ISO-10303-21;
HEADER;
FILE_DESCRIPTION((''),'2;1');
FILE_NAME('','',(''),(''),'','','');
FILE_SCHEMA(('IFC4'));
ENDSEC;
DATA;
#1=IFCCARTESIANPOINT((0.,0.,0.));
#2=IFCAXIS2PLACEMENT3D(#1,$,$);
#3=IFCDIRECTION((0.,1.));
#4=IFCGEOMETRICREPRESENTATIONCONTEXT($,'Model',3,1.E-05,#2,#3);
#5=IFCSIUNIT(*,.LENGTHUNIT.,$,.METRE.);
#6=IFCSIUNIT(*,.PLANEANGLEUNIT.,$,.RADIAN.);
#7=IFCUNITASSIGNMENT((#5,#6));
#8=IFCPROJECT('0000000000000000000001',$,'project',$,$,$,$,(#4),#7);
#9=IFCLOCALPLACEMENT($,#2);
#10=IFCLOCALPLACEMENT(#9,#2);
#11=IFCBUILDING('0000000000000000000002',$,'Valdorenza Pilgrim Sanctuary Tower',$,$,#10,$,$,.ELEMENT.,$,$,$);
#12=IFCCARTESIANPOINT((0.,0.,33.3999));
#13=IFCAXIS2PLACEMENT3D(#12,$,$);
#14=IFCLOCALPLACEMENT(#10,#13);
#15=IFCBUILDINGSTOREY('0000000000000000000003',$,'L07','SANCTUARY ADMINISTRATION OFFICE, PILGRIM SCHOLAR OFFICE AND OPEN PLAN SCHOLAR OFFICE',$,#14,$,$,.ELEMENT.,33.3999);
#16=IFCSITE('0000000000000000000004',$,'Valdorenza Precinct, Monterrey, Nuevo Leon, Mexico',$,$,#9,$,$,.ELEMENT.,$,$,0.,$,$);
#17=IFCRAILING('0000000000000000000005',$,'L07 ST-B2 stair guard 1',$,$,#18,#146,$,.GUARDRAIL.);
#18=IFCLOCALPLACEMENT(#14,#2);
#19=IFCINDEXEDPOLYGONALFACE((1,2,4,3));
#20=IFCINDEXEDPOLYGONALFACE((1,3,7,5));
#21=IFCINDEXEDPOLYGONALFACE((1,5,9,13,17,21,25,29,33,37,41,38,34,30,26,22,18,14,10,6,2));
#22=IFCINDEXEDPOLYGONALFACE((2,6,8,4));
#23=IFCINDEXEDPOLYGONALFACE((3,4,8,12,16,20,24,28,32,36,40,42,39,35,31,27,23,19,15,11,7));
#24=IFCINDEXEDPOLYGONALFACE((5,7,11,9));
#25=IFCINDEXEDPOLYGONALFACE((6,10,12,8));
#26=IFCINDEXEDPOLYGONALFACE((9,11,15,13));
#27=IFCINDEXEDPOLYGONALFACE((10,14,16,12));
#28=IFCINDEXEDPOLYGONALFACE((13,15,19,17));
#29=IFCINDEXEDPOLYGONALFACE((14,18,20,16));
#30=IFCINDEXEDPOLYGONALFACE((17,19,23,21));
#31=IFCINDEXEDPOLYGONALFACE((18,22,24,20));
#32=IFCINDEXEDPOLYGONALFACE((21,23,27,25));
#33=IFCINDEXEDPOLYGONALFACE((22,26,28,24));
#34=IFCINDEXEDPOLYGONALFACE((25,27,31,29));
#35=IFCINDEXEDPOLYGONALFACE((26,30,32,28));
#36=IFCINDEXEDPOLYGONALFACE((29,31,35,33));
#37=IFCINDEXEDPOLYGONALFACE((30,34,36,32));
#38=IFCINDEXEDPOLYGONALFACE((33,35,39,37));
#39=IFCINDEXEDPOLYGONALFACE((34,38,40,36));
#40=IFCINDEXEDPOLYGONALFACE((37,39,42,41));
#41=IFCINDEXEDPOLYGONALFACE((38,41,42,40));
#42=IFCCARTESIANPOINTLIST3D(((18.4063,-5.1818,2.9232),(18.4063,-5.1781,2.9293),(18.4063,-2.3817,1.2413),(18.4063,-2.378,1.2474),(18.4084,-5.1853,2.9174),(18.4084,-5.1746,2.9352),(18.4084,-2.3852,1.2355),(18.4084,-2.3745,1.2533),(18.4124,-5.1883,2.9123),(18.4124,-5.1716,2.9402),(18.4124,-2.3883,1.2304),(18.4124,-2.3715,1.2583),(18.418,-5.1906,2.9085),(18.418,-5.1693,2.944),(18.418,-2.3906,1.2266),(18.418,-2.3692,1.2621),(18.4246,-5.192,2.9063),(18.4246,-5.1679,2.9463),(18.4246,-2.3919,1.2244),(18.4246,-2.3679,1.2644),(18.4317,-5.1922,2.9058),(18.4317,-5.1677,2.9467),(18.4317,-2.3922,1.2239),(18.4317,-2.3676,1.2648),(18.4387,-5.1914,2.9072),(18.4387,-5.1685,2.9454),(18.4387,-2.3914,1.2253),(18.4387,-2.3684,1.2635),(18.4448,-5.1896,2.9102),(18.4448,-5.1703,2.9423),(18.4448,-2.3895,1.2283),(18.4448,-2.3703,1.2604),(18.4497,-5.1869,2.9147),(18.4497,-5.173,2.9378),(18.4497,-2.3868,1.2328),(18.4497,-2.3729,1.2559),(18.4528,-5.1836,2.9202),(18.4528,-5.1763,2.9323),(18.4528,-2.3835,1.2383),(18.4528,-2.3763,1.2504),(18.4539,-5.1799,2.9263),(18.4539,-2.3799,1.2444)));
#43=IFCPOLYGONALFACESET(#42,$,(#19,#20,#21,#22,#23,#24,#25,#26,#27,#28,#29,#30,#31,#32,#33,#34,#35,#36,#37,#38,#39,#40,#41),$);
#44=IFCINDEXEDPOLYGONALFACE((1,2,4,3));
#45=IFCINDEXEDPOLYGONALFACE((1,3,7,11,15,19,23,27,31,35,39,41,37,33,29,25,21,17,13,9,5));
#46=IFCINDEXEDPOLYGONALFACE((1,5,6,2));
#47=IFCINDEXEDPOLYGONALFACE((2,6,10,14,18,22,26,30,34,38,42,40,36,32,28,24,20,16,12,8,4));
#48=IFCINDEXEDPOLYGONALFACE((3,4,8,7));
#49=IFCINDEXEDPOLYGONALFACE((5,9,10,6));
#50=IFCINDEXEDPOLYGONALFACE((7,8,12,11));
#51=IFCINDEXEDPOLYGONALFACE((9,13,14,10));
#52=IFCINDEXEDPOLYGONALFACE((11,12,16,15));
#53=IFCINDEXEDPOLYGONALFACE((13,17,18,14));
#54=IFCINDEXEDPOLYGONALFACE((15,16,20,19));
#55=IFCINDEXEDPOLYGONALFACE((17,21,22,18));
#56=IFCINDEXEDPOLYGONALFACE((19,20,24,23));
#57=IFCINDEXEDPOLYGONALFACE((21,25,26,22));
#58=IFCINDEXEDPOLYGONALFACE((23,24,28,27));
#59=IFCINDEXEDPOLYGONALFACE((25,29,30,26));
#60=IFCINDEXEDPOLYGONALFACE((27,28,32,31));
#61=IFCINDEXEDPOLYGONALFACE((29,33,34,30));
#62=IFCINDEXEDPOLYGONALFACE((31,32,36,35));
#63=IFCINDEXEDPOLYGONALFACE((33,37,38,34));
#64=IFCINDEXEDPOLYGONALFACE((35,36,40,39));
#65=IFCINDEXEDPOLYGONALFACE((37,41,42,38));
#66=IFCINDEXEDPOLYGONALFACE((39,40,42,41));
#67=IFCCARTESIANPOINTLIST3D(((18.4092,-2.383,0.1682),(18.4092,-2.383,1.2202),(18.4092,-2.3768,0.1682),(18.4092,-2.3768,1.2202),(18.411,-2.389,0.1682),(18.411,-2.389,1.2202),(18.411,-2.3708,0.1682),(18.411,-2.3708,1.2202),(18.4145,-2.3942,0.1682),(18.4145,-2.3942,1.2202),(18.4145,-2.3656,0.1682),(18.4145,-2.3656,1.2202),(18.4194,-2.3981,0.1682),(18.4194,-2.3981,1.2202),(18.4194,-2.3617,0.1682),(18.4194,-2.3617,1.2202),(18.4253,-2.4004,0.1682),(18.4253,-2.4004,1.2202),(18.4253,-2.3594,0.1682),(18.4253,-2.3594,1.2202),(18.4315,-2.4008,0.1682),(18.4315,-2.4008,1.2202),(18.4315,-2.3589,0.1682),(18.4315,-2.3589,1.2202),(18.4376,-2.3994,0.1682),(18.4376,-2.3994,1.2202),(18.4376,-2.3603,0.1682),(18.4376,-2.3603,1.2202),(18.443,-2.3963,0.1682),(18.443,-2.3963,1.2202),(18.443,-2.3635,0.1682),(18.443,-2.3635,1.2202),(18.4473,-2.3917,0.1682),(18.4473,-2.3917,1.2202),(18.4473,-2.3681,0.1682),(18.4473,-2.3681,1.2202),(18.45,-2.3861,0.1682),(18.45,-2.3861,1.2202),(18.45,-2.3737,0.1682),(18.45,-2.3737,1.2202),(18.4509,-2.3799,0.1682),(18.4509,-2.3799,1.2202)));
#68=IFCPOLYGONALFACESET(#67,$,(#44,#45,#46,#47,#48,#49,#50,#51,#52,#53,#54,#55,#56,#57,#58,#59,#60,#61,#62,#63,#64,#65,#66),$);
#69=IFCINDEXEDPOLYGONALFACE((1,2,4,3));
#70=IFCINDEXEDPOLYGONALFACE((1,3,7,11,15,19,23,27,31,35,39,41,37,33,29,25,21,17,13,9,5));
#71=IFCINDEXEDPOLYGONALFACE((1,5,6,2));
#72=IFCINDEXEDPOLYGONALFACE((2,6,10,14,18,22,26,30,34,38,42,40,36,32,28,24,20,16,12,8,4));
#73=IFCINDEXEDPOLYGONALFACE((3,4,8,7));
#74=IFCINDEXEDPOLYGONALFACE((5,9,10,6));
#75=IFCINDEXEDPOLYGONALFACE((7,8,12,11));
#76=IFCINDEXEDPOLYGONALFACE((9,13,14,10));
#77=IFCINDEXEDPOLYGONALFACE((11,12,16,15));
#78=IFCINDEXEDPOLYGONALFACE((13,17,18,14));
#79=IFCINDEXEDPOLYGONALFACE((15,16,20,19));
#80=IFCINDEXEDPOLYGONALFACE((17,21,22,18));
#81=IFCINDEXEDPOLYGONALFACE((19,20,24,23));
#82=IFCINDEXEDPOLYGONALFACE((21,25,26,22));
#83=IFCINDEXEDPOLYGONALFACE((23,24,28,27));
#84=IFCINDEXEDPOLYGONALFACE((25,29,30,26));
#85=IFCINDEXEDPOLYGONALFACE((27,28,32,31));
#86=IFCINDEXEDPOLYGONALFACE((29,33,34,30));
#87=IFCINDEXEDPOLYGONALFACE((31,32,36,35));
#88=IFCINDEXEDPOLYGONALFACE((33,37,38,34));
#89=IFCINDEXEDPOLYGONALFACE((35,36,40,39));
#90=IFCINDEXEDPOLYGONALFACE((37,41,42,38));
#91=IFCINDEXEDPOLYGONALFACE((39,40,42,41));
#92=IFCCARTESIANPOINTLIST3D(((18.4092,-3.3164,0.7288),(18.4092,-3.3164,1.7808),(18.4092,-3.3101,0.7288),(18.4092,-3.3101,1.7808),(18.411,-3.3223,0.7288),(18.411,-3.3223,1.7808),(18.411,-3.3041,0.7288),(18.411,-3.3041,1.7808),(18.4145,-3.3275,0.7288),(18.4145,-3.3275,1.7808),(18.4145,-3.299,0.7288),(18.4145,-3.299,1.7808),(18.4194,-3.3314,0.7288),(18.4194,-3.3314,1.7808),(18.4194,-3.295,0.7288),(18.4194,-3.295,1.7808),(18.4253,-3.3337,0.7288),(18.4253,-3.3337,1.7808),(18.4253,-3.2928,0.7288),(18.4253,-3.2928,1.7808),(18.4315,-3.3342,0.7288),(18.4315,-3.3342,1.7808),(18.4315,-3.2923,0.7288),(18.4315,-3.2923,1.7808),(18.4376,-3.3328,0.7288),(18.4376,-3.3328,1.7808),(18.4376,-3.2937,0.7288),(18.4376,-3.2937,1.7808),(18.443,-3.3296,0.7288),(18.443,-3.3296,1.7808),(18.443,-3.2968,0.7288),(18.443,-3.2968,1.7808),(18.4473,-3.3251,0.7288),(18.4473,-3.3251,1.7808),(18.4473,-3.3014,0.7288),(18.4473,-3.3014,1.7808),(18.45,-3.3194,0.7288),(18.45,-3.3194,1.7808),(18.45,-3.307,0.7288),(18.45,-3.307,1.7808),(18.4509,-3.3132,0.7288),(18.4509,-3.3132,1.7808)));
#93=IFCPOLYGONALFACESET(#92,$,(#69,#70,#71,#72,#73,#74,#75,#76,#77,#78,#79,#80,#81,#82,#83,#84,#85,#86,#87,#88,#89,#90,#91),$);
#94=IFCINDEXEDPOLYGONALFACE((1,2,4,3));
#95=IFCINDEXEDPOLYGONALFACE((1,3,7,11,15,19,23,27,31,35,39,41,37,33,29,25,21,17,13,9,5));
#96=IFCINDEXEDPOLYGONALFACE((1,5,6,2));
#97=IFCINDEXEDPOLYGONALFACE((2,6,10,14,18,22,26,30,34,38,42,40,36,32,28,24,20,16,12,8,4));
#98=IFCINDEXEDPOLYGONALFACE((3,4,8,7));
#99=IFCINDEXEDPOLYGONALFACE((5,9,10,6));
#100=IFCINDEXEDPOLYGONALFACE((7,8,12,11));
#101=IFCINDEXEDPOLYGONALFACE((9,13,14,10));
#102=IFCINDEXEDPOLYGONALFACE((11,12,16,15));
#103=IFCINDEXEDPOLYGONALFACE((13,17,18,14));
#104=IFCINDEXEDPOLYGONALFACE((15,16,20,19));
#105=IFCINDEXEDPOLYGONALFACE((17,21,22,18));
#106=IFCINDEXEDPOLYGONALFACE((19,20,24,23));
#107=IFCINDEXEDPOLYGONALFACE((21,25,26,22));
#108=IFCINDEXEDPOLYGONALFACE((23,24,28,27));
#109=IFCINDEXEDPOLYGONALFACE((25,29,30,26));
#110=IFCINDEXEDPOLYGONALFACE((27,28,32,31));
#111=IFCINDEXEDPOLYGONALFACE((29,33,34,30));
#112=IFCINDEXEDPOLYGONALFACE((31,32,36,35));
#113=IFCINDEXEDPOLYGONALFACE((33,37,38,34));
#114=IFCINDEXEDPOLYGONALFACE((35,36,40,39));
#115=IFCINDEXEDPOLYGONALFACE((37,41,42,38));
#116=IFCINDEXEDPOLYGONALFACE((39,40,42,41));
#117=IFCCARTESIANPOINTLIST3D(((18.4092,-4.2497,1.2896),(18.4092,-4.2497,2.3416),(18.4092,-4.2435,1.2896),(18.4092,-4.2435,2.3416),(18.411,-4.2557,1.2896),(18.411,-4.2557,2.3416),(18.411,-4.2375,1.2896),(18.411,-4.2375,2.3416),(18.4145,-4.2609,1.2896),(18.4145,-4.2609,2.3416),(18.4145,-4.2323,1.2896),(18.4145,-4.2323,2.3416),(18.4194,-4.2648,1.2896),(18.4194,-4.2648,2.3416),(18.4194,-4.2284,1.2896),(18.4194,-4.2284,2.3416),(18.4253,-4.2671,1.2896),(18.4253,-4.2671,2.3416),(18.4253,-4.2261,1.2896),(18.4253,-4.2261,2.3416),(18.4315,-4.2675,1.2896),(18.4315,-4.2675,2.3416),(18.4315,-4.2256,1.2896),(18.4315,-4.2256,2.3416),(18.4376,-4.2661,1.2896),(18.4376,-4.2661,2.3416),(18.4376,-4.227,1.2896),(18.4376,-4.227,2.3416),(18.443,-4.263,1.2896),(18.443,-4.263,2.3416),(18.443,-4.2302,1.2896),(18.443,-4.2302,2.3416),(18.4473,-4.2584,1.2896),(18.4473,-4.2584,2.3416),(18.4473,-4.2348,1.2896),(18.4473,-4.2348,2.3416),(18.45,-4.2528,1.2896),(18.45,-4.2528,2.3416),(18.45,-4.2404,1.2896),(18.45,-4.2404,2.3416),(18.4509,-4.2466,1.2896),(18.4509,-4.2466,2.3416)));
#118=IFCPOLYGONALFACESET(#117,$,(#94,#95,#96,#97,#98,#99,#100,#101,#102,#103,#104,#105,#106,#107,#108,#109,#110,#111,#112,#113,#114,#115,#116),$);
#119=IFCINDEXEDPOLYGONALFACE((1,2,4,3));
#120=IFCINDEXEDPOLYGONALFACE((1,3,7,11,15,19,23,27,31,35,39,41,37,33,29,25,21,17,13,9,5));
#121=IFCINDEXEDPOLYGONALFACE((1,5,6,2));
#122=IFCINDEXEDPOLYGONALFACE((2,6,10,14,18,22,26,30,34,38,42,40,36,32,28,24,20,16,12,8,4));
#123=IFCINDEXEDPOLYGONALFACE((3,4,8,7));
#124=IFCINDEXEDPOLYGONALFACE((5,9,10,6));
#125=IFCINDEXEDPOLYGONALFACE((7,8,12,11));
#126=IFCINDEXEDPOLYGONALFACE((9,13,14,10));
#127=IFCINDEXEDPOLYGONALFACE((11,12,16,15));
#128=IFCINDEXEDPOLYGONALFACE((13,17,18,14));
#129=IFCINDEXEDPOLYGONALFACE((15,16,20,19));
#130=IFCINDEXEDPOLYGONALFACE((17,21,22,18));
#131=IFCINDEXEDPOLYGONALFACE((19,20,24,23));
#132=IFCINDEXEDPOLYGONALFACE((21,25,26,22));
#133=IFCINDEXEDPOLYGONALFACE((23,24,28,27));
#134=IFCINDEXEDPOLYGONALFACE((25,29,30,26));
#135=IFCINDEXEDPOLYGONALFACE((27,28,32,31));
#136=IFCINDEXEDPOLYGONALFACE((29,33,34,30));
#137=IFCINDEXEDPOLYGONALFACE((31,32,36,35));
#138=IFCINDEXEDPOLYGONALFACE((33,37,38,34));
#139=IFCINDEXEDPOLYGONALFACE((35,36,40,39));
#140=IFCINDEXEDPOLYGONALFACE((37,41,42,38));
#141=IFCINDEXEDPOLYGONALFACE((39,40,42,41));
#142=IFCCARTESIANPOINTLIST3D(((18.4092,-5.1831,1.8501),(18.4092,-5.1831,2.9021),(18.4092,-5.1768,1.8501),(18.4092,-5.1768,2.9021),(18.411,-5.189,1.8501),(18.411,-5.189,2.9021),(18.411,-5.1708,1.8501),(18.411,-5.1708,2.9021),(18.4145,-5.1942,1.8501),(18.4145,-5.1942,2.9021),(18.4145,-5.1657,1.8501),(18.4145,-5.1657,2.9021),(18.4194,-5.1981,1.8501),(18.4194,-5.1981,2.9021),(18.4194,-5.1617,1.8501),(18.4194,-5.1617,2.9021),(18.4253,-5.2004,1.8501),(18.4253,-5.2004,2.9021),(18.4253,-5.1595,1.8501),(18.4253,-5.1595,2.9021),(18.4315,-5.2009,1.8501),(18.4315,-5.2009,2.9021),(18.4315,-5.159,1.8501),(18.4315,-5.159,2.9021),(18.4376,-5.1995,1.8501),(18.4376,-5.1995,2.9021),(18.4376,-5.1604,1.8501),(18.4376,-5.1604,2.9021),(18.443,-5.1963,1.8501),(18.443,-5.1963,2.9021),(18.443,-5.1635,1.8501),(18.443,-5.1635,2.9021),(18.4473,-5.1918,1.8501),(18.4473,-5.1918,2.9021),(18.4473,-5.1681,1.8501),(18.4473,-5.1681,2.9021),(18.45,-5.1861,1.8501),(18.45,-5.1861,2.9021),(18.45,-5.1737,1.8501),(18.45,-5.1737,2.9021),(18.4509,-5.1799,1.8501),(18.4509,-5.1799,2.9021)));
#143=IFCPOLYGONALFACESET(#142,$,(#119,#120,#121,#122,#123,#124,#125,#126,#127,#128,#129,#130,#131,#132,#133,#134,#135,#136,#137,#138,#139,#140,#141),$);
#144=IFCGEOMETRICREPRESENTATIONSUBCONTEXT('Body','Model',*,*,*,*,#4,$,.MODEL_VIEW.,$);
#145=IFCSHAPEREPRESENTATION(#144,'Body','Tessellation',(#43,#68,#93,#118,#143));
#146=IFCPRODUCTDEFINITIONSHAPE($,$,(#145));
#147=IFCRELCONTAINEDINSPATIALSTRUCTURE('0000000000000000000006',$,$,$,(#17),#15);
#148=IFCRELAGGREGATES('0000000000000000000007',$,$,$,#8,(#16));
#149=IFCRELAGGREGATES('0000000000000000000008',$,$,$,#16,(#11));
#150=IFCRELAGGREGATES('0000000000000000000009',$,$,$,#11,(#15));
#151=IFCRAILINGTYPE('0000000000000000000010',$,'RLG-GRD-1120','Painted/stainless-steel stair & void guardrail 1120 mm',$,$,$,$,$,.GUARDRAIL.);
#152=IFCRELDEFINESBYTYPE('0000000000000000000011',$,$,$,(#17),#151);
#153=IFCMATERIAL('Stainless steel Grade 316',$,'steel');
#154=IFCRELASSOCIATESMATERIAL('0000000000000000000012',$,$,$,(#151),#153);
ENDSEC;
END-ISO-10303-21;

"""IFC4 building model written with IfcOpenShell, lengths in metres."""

from ifc_helpers import new_model, si_unit, direction, frame, origin, origin_2d, place, context, subcontext, project, spatial, circle, extrude, material, type_object, element, save


model = new_model("IFC4")

# Units and contexts
model_context = context("Model", 3, precision=1e-05, world=origin(), true_north=direction((0.0, 1.0)))
body_context = subcontext(model_context, "Body", "Model", "MODEL_VIEW")
ifc_project = project(units=[si_unit("LENGTHUNIT", "METRE"), si_unit("PLANEANGLEUNIT", "RADIAN")], contexts=[model_context])

# Site, building, storey
site_placement = place(None, origin())
site = spatial("IfcSite", under=ifc_project, at=site_placement, Name="Valdorenza Precinct, Monterrey, Nuevo Leon, Mexico", CompositionType="ELEMENT", RefElevation=0.0)
building_placement = place(site_placement, origin())
building = spatial("IfcBuilding", under=site, at=building_placement, Name="Valdorenza Pilgrim Sanctuary Tower", CompositionType="ELEMENT")
storey_placement = place(building_placement, frame((0.0, 0.0, 33.3999)))
storey = spatial("IfcBuildingStorey", under=building, at=storey_placement, Name="L07", Description="SANCTUARY ADMINISTRATION OFFICE, PILGRIM SCHOLAR OFFICE AND OPEN PLAN SCHOLAR OFFICE", CompositionType="ELEMENT", Elevation=33.3999)

# Railing
ifc_material_1 = material(Name="Stainless steel Grade 316", Category="steel")
railing_type_1 = type_object("IfcRailingType", Name="RLG-GRD-1120", Description="Painted/stainless-steel stair & void guardrail 1120 mm", PredefinedType="GUARDRAIL", material=ifc_material_1)
railing_1_placement = place(storey_placement, frame((18.4299, -2.3799, 0.1682)))
element("IfcRailing", 1, at=railing_1_placement, inside=storey, type_object=railing_type_1, Name="L07 ST-B2 stair guard 1", PredefinedType="GUARDRAIL", context=body_context, shape_type="SweptSolid", body=[
    extrude(circle(Radius=0.0239, at=origin_2d()), frame((0.0, 0.0, 1.0762), z_axis=(0.0, -0.857242, 0.514913), x_axis=(1.0, 0.0, 0.0)), (0.0, 0.0, 1.0), 3.2664),
    extrude(circle(Radius=0.021, at=origin_2d()), origin(), (0.0, 0.0, 1.0), 1.052),
    extrude(circle(Radius=0.021, at=origin_2d()), frame((0.0, -0.9333, 0.5605)), (0.0, 0.0, 1.0), 1.052),
    extrude(circle(Radius=0.021, at=origin_2d()), frame((0.0, -1.8667, 1.1213)), (0.0, 0.0, 1.0), 1.052),
    extrude(circle(Radius=0.021, at=origin_2d()), frame((0.0, -2.8, 1.6819)), (0.0, 0.0, 1.0), 1.052),
])

save(model, "model.ifc")
